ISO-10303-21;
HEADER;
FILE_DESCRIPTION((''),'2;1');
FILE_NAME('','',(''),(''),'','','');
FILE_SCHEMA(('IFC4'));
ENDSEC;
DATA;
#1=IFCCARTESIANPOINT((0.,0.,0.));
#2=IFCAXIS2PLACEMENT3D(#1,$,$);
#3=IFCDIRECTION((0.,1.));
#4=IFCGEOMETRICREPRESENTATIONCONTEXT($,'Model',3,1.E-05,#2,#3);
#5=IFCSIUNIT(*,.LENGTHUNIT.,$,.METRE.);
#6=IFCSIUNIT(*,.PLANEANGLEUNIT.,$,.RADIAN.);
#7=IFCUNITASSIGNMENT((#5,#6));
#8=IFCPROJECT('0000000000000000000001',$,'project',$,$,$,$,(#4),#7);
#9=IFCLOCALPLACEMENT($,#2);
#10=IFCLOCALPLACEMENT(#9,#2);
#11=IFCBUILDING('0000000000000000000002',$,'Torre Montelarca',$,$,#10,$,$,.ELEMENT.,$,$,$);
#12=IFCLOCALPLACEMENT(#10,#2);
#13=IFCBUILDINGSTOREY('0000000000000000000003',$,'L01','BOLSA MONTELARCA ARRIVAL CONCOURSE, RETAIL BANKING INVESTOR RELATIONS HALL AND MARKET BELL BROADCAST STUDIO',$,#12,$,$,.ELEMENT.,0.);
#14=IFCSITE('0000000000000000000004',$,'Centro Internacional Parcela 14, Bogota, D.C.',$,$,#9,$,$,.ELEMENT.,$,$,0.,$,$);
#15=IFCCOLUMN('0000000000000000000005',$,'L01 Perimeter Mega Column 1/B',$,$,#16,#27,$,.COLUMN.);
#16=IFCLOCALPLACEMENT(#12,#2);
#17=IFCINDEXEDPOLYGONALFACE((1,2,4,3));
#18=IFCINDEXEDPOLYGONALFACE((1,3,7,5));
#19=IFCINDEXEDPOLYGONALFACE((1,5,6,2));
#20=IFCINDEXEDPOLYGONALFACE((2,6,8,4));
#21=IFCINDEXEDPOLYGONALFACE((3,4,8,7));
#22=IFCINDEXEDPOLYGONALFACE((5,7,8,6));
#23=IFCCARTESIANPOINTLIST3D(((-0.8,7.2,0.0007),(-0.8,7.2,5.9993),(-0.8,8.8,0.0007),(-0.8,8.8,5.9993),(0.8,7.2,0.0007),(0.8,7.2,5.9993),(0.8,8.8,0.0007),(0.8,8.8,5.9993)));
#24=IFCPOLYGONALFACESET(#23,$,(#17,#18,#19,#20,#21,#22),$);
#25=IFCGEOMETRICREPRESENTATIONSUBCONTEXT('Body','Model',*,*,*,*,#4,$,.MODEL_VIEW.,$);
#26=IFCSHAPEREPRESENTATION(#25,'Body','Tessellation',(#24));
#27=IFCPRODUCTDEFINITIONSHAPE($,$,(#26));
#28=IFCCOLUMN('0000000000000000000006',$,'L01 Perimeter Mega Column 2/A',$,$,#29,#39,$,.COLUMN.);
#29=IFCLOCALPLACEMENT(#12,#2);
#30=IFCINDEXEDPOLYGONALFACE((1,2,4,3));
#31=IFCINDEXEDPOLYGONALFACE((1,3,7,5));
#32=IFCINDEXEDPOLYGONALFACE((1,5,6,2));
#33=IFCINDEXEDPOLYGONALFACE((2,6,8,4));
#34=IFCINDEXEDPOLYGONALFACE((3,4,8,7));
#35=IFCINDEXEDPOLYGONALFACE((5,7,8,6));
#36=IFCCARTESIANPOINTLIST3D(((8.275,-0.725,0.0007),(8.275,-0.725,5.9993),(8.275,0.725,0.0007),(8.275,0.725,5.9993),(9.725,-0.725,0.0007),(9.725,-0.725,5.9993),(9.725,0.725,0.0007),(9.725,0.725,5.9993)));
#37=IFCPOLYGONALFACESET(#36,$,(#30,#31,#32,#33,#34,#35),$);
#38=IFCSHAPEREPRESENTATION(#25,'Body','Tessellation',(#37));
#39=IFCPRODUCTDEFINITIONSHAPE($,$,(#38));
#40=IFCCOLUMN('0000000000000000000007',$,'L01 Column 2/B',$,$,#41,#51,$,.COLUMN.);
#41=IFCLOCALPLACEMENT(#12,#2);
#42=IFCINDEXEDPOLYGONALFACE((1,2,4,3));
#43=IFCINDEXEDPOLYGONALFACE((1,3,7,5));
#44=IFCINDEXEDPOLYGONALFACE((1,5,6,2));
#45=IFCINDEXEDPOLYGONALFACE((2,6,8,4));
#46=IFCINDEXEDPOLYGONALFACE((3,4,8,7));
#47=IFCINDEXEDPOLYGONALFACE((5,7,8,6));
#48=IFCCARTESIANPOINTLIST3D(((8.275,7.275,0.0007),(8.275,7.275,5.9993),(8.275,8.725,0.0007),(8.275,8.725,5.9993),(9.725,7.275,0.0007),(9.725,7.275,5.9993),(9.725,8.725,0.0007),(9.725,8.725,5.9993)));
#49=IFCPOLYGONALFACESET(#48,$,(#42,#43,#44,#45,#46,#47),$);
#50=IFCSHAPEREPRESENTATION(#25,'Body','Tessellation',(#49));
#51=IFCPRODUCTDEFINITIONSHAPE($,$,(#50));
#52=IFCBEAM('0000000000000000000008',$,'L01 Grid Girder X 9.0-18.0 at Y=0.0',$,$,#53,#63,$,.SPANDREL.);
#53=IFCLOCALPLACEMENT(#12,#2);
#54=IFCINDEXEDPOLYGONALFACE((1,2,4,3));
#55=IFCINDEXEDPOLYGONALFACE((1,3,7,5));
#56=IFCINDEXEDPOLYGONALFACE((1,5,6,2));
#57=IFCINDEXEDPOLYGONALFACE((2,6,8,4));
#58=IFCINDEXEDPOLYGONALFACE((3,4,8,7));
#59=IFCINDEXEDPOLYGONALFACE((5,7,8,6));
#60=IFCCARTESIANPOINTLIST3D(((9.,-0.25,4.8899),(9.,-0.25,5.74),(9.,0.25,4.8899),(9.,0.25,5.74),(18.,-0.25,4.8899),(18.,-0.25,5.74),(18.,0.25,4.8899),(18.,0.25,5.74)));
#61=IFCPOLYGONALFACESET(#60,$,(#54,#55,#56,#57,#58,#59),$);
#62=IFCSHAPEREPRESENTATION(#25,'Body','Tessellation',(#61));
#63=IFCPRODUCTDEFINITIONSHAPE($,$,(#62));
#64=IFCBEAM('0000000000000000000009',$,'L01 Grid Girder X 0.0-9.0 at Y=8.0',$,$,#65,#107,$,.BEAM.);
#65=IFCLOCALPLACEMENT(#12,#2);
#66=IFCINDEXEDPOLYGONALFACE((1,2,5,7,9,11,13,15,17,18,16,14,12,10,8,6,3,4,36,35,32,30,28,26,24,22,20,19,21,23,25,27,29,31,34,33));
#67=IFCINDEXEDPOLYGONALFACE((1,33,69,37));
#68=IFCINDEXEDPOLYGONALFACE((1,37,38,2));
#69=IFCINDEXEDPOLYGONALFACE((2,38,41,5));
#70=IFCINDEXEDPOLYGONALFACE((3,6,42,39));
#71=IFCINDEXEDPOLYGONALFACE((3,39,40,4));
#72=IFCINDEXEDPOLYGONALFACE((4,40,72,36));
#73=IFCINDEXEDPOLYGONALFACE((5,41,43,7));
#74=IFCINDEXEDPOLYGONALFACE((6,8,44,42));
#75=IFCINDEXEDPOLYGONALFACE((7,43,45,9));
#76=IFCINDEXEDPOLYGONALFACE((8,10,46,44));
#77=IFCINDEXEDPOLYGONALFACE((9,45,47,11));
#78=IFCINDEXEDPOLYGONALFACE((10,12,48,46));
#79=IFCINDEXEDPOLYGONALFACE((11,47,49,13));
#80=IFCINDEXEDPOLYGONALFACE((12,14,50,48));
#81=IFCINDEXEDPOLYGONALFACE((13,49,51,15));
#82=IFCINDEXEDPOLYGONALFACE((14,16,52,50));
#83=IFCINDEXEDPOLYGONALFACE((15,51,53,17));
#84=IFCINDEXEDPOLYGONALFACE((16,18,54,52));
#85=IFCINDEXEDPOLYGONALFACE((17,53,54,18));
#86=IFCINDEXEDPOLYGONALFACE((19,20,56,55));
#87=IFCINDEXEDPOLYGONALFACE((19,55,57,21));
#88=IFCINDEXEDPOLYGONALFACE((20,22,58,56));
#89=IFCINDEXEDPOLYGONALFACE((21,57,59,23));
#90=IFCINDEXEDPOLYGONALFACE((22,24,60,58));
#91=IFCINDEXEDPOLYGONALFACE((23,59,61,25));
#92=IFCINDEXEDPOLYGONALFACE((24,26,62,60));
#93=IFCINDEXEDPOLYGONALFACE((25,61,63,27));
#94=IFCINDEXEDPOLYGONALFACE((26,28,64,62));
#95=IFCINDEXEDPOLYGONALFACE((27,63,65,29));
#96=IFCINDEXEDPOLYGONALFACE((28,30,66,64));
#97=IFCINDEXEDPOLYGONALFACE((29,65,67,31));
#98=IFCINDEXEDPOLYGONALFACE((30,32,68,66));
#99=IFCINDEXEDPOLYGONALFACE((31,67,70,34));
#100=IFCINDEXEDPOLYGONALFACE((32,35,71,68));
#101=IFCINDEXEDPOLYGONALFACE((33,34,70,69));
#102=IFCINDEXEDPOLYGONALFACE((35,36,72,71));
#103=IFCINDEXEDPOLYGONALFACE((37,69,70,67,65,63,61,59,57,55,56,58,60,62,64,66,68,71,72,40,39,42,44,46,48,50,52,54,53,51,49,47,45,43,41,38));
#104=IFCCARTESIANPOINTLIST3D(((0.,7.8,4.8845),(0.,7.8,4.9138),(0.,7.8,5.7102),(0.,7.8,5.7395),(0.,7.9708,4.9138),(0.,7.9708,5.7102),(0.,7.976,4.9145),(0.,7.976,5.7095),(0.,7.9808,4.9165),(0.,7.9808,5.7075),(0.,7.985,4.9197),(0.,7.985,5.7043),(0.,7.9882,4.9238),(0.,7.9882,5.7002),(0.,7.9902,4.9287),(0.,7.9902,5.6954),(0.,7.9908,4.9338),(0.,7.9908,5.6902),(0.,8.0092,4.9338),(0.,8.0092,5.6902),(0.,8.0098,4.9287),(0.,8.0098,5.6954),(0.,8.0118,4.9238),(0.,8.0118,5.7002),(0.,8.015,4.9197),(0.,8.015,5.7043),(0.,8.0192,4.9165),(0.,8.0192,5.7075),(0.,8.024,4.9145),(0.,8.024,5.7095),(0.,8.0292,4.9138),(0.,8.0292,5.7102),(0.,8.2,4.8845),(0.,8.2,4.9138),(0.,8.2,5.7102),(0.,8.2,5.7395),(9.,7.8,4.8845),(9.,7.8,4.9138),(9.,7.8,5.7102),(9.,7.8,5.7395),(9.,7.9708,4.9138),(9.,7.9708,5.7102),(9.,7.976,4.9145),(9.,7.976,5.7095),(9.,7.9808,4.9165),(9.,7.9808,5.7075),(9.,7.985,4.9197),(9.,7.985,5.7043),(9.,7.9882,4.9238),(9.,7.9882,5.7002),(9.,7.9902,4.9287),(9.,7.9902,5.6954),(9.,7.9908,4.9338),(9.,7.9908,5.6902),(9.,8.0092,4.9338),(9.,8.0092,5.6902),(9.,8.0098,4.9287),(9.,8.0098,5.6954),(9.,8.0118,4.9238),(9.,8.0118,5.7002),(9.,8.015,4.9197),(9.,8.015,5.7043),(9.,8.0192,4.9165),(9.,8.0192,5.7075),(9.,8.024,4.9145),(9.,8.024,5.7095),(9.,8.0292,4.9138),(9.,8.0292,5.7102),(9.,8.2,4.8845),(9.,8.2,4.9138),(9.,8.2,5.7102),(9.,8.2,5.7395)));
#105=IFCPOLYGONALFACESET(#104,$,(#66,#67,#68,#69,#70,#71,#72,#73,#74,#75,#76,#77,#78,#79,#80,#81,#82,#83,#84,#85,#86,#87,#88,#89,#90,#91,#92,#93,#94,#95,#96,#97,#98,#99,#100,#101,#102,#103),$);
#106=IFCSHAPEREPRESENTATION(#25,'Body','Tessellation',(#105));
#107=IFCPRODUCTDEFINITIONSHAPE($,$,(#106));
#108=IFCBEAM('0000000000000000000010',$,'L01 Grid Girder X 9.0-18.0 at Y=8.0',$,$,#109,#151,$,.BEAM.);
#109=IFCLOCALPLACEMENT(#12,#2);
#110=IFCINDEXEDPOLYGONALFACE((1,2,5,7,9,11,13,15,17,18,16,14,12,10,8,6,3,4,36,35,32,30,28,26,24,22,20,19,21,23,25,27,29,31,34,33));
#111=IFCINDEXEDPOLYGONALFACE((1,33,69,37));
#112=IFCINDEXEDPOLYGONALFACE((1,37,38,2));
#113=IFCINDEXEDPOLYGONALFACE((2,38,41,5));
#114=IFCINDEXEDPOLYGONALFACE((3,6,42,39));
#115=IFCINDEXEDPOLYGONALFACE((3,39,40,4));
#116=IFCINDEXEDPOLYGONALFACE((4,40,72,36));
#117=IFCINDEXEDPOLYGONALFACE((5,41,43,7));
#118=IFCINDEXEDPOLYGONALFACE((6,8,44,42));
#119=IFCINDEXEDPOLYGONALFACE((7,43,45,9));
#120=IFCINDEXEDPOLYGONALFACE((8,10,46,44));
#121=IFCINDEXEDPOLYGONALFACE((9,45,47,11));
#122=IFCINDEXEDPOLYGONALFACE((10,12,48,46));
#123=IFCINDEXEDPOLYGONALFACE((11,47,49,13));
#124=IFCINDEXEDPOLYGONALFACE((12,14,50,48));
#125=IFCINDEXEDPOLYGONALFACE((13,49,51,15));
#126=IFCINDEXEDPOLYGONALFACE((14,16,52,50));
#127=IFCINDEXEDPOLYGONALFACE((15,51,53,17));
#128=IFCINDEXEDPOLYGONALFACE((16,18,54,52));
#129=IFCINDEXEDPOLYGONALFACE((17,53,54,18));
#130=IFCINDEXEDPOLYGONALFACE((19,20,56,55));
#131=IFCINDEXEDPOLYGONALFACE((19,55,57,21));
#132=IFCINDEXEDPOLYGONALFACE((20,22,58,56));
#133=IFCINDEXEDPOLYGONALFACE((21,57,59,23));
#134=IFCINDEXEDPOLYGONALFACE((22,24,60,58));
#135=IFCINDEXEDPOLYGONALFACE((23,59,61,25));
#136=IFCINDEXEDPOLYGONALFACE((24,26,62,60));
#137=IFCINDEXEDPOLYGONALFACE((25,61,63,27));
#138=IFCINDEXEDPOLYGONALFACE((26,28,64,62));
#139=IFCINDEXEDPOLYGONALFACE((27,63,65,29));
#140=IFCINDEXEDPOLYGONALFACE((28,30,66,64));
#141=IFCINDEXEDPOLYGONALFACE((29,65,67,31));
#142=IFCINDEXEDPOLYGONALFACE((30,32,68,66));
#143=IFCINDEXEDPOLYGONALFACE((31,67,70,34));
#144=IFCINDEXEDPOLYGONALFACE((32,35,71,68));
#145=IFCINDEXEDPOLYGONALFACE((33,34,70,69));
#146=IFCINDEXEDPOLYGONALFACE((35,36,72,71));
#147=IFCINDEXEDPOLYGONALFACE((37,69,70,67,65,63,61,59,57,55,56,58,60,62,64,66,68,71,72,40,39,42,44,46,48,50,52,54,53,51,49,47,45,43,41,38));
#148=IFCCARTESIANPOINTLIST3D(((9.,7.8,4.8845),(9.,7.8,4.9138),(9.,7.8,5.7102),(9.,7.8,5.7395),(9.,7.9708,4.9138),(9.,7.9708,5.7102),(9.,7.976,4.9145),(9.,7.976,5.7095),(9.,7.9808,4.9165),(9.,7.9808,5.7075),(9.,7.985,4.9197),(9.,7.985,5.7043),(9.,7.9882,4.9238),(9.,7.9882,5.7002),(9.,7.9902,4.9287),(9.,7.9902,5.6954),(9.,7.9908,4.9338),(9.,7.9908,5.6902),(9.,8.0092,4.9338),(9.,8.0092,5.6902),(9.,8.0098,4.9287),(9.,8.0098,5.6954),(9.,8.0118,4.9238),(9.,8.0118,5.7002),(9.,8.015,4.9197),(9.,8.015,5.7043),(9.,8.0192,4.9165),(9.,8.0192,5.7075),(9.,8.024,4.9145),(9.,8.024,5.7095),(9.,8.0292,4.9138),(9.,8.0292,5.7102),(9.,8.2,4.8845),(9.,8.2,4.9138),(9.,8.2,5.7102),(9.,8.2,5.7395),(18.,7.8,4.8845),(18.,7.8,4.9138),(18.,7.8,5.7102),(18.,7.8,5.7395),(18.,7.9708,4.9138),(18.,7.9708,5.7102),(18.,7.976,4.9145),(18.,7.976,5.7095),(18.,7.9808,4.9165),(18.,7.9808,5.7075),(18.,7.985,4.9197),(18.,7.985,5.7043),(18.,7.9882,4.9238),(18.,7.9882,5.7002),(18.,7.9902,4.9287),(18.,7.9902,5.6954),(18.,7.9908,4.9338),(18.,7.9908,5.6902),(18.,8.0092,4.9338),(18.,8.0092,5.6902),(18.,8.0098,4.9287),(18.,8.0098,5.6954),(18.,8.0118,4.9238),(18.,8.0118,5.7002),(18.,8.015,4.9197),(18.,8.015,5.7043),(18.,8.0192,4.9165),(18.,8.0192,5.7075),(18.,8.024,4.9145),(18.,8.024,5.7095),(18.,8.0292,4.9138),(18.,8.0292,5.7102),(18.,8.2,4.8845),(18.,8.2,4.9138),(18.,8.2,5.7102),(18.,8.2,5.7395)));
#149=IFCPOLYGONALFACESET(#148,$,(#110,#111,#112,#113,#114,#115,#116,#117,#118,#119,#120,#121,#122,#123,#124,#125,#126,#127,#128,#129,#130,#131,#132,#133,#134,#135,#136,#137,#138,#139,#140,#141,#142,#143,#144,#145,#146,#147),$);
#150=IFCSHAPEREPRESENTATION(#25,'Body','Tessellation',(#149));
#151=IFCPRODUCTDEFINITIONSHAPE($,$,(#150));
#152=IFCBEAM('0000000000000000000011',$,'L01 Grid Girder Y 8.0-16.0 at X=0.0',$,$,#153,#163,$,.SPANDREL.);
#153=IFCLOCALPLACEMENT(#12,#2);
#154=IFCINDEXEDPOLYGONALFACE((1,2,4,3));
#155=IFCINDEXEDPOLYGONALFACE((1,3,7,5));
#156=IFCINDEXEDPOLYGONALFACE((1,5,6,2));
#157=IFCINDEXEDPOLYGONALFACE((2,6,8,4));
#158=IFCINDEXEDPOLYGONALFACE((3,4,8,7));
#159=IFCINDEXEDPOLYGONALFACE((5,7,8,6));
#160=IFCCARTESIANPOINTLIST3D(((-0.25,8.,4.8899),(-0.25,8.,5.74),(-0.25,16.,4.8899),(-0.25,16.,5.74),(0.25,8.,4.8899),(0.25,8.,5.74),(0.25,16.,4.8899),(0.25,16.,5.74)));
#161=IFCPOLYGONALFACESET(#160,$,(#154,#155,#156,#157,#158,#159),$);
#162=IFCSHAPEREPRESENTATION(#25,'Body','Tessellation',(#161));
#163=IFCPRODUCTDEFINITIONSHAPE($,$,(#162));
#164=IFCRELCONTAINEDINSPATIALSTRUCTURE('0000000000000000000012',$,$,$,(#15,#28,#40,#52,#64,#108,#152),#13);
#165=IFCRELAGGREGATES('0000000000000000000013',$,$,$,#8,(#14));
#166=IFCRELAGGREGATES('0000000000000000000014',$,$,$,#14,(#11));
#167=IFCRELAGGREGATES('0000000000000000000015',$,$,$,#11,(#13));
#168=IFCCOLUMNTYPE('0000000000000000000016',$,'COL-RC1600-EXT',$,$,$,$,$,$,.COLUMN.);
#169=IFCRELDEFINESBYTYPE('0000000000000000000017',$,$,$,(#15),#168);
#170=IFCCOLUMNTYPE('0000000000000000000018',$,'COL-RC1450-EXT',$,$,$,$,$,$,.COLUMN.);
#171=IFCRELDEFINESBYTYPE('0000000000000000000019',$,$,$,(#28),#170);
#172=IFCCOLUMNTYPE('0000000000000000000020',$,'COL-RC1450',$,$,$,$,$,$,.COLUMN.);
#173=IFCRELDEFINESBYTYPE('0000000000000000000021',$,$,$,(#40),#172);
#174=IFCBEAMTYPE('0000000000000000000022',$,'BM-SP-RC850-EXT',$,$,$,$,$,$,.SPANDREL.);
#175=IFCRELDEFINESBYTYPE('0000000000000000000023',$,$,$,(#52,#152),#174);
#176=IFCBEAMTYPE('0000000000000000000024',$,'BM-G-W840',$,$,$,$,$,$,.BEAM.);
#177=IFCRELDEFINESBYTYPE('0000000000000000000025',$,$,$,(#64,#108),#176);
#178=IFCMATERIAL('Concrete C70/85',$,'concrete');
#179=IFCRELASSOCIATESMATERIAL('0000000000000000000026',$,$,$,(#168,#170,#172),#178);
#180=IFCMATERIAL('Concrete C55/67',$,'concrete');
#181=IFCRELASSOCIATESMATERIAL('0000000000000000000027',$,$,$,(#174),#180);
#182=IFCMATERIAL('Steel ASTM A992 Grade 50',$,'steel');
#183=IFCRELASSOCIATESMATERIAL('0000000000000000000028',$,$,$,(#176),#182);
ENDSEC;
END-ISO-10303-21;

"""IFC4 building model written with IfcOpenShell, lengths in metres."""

from ifc_helpers import new_model, si_unit, direction, frame, origin, origin_2d, place, context, subcontext, project, spatial, rectangle, i_section, extrude, source, transform, mapped, material, material_profile, profile_set, type_object, element, save


model = new_model("IFC4")

# Units and contexts
model_context = context("Model", 3, precision=1e-05, world=origin(), true_north=direction((0.0, 1.0)))
body_context = subcontext(model_context, "Body", "Model", "MODEL_VIEW")
ifc_project = project(units=[si_unit("LENGTHUNIT", "METRE"), si_unit("PLANEANGLEUNIT", "RADIAN")], contexts=[model_context])

# Site, building, storey
site_placement = place(None, origin())
site = spatial("IfcSite", under=ifc_project, at=site_placement, Name="Centro Internacional Parcela 14, Bogota, D.C.", CompositionType="ELEMENT", RefElevation=0.0)
building_placement = place(site_placement, origin())
building = spatial("IfcBuilding", under=site, at=building_placement, Name="Torre Montelarca", CompositionType="ELEMENT")
storey_placement = place(building_placement, origin())
storey = spatial("IfcBuildingStorey", under=building, at=storey_placement, Name="L01", Description="BOLSA MONTELARCA ARRIVAL CONCOURSE, RETAIL BANKING INVESTOR RELATIONS HALL AND MARKET BELL BROADCAST STUDIO", CompositionType="ELEMENT", Elevation=0.0)

# Columns
ifc_material_1 = material(Name="Concrete C70/85", Category="concrete")
ifc_material_profile_1 = material_profile(ifc_material_1, rectangle(XDim=1.6001, YDim=1.6001, at=origin_2d()), Name="RC1600X1600", Category="concrete")
ifc_profile_set_1 = profile_set([ifc_material_profile_1], Name="Concrete C70/85")
column_type_1 = type_object("IfcColumnType", Name="COL-RC1600-EXT", PredefinedType="COLUMN", material=ifc_profile_set_1)
shared_shape_1 = source(origin(), body_context, "Body", "SweptSolid", [
    extrude(rectangle(XDim=1.6001, YDim=1.6001, at=origin_2d()), origin(), (0.0, 0.0, 1.0), 5.9985),
])
column_1_placement = place(storey_placement, frame((0.0, 8.0, 0.0007), z_axis=(0.0, 0.0, 1.0), x_axis=(1.0, 0.0, 0.0)))
element("IfcColumn", 1, at=column_1_placement, inside=storey, type_object=column_type_1, Name="L01 Perimeter Mega Column 1/B", PredefinedType="COLUMN", context=body_context, shape_type="MappedRepresentation", body=[
    mapped(shared_shape_1, transform((0.0, 0.0, 0.0), scale=1.0)),
])
ifc_material_profile_2 = material_profile(ifc_material_1, rectangle(XDim=1.45, YDim=1.45, at=origin_2d()), Name="RC1450X1450", Category="concrete")
ifc_profile_set_2 = profile_set([ifc_material_profile_2], Name="Concrete C70/85")
column_type_2 = type_object("IfcColumnType", Name="COL-RC1450-EXT", PredefinedType="COLUMN", material=ifc_profile_set_2)
shared_shape_2 = source(origin(), body_context, "Body", "SweptSolid", [
    extrude(rectangle(XDim=1.45, YDim=1.45, at=origin_2d()), origin(), (0.0, 0.0, 1.0), 5.9985),
])
column_2_placement = place(storey_placement, frame((9.0, 0.0, 0.0007), z_axis=(0.0, 0.0, 1.0), x_axis=(1.0, 0.0, 0.0)))
element("IfcColumn", 2, at=column_2_placement, inside=storey, type_object=column_type_2, Name="L01 Perimeter Mega Column 2/A", PredefinedType="COLUMN", context=body_context, shape_type="MappedRepresentation", body=[
    mapped(shared_shape_2, transform((0.0, 0.0, 0.0), scale=1.0)),
])
ifc_material_profile_3 = material_profile(ifc_material_1, rectangle(XDim=1.45, YDim=1.45, at=origin_2d()), Name="RC1450X1450", Category="concrete")
ifc_profile_set_3 = profile_set([ifc_material_profile_3], Name="Concrete C70/85")
column_type_3 = type_object("IfcColumnType", Name="COL-RC1450", PredefinedType="COLUMN", material=ifc_profile_set_3)
shared_shape_3 = source(origin(), body_context, "Body", "SweptSolid", [
    extrude(rectangle(XDim=1.45, YDim=1.45, at=origin_2d()), origin(), (0.0, 0.0, 1.0), 5.9985),
])
column_3_placement = place(storey_placement, frame((9.0, 8.0, 0.0007), z_axis=(0.0, 0.0, 1.0), x_axis=(1.0, 0.0, 0.0)))
element("IfcColumn", 3, at=column_3_placement, inside=storey, type_object=column_type_3, Name="L01 Column 2/B", PredefinedType="COLUMN", context=body_context, shape_type="MappedRepresentation", body=[
    mapped(shared_shape_3, transform((0.0, 0.0, 0.0), scale=1.0)),
])

# Beams
ifc_material_2 = material(Name="Concrete C55/67", Category="concrete")
ifc_material_profile_4 = material_profile(ifc_material_2, rectangle(XDim=0.5, YDim=0.8501, at=origin_2d()), Name="RCB500X850", Category="concrete")
ifc_profile_set_4 = profile_set([ifc_material_profile_4], Name="Concrete C55/67")
beam_type_1 = type_object("IfcBeamType", Name="BM-SP-RC850-EXT", PredefinedType="SPANDREL", material=ifc_profile_set_4)
shared_shape_4 = source(origin(), body_context, "Body", "SweptSolid", [
    extrude(rectangle(XDim=0.5, YDim=0.8501, at=origin_2d()), origin(), (0.0, 0.0, 1.0), 9.0),
])
beam_1_placement = place(storey_placement, frame((9.0, 0.0, 5.3149), z_axis=(1.0, 0.0, 0.0), x_axis=(0.0, 1.0, 0.0)))
element("IfcBeam", 4, at=beam_1_placement, inside=storey, type_object=beam_type_1, Name="L01 Grid Girder X 9.0-18.0 at Y=0.0", PredefinedType="SPANDREL", context=body_context, shape_type="MappedRepresentation", body=[
    mapped(shared_shape_4, transform((0.0, 0.0, 0.0), scale=1.0)),
])
ifc_material_3 = material(Name="Steel ASTM A992 Grade 50", Category="steel")
ifc_material_profile_5 = material_profile(ifc_material_3, i_section(OverallWidth=0.3999, OverallDepth=0.855, WebThickness=0.0183, FlangeThickness=0.0293, FilletRadius=0.02, at=origin_2d()), Name="W840X299", Category="steel")
ifc_profile_set_5 = profile_set([ifc_material_profile_5], Name="Steel ASTM A992 Grade 50")
beam_type_2 = type_object("IfcBeamType", Name="BM-G-W840", PredefinedType="BEAM", material=ifc_profile_set_5)
shared_shape_5 = source(origin(), body_context, "Body", "SweptSolid", [
    extrude(i_section(OverallWidth=0.3999, OverallDepth=0.855, WebThickness=0.0183, FlangeThickness=0.0293, FilletRadius=0.02, at=origin_2d()), origin(), (0.0, 0.0, 1.0), 9.0),
])
for number, where, z_axis, x_axis, name in (
    (5, (0.0, 8.0, 5.312), (1.0, 0.0, 0.0), (0.0, 1.0, 0.0), "L01 Grid Girder X 0.0-9.0 at Y=8.0"),
    (6, (9.0, 8.0, 5.312), (1.0, 0.0, 0.0), (0.0, 1.0, 0.0), "L01 Grid Girder X 9.0-18.0 at Y=8.0"),
):
    element("IfcBeam", number, at=place(storey_placement, frame(where, z_axis=z_axis, x_axis=x_axis)), inside=storey, type_object=beam_type_2, Name=name, PredefinedType="BEAM", context=body_context, shape_type="MappedRepresentation", body=[
        mapped(shared_shape_5, transform((0.0, 0.0, 0.0), scale=1.0)),
    ])
shared_shape_6 = source(origin(), body_context, "Body", "SweptSolid", [
    extrude(rectangle(XDim=0.5, YDim=0.8501, at=origin_2d()), origin(), (0.0, 0.0, 1.0), 8.0),
])
beam_2_placement = place(storey_placement, frame((0.0, 8.0, 5.3149), z_axis=(0.0, 1.0, 0.0), x_axis=(-1.0, 0.0, 0.0)))
element("IfcBeam", 7, at=beam_2_placement, inside=storey, type_object=beam_type_1, Name="L01 Grid Girder Y 8.0-16.0 at X=0.0", PredefinedType="SPANDREL", context=body_context, shape_type="MappedRepresentation", body=[
    mapped(shared_shape_6, transform((0.0, 0.0, 0.0), scale=1.0)),
])

save(model, "model.ifc")
